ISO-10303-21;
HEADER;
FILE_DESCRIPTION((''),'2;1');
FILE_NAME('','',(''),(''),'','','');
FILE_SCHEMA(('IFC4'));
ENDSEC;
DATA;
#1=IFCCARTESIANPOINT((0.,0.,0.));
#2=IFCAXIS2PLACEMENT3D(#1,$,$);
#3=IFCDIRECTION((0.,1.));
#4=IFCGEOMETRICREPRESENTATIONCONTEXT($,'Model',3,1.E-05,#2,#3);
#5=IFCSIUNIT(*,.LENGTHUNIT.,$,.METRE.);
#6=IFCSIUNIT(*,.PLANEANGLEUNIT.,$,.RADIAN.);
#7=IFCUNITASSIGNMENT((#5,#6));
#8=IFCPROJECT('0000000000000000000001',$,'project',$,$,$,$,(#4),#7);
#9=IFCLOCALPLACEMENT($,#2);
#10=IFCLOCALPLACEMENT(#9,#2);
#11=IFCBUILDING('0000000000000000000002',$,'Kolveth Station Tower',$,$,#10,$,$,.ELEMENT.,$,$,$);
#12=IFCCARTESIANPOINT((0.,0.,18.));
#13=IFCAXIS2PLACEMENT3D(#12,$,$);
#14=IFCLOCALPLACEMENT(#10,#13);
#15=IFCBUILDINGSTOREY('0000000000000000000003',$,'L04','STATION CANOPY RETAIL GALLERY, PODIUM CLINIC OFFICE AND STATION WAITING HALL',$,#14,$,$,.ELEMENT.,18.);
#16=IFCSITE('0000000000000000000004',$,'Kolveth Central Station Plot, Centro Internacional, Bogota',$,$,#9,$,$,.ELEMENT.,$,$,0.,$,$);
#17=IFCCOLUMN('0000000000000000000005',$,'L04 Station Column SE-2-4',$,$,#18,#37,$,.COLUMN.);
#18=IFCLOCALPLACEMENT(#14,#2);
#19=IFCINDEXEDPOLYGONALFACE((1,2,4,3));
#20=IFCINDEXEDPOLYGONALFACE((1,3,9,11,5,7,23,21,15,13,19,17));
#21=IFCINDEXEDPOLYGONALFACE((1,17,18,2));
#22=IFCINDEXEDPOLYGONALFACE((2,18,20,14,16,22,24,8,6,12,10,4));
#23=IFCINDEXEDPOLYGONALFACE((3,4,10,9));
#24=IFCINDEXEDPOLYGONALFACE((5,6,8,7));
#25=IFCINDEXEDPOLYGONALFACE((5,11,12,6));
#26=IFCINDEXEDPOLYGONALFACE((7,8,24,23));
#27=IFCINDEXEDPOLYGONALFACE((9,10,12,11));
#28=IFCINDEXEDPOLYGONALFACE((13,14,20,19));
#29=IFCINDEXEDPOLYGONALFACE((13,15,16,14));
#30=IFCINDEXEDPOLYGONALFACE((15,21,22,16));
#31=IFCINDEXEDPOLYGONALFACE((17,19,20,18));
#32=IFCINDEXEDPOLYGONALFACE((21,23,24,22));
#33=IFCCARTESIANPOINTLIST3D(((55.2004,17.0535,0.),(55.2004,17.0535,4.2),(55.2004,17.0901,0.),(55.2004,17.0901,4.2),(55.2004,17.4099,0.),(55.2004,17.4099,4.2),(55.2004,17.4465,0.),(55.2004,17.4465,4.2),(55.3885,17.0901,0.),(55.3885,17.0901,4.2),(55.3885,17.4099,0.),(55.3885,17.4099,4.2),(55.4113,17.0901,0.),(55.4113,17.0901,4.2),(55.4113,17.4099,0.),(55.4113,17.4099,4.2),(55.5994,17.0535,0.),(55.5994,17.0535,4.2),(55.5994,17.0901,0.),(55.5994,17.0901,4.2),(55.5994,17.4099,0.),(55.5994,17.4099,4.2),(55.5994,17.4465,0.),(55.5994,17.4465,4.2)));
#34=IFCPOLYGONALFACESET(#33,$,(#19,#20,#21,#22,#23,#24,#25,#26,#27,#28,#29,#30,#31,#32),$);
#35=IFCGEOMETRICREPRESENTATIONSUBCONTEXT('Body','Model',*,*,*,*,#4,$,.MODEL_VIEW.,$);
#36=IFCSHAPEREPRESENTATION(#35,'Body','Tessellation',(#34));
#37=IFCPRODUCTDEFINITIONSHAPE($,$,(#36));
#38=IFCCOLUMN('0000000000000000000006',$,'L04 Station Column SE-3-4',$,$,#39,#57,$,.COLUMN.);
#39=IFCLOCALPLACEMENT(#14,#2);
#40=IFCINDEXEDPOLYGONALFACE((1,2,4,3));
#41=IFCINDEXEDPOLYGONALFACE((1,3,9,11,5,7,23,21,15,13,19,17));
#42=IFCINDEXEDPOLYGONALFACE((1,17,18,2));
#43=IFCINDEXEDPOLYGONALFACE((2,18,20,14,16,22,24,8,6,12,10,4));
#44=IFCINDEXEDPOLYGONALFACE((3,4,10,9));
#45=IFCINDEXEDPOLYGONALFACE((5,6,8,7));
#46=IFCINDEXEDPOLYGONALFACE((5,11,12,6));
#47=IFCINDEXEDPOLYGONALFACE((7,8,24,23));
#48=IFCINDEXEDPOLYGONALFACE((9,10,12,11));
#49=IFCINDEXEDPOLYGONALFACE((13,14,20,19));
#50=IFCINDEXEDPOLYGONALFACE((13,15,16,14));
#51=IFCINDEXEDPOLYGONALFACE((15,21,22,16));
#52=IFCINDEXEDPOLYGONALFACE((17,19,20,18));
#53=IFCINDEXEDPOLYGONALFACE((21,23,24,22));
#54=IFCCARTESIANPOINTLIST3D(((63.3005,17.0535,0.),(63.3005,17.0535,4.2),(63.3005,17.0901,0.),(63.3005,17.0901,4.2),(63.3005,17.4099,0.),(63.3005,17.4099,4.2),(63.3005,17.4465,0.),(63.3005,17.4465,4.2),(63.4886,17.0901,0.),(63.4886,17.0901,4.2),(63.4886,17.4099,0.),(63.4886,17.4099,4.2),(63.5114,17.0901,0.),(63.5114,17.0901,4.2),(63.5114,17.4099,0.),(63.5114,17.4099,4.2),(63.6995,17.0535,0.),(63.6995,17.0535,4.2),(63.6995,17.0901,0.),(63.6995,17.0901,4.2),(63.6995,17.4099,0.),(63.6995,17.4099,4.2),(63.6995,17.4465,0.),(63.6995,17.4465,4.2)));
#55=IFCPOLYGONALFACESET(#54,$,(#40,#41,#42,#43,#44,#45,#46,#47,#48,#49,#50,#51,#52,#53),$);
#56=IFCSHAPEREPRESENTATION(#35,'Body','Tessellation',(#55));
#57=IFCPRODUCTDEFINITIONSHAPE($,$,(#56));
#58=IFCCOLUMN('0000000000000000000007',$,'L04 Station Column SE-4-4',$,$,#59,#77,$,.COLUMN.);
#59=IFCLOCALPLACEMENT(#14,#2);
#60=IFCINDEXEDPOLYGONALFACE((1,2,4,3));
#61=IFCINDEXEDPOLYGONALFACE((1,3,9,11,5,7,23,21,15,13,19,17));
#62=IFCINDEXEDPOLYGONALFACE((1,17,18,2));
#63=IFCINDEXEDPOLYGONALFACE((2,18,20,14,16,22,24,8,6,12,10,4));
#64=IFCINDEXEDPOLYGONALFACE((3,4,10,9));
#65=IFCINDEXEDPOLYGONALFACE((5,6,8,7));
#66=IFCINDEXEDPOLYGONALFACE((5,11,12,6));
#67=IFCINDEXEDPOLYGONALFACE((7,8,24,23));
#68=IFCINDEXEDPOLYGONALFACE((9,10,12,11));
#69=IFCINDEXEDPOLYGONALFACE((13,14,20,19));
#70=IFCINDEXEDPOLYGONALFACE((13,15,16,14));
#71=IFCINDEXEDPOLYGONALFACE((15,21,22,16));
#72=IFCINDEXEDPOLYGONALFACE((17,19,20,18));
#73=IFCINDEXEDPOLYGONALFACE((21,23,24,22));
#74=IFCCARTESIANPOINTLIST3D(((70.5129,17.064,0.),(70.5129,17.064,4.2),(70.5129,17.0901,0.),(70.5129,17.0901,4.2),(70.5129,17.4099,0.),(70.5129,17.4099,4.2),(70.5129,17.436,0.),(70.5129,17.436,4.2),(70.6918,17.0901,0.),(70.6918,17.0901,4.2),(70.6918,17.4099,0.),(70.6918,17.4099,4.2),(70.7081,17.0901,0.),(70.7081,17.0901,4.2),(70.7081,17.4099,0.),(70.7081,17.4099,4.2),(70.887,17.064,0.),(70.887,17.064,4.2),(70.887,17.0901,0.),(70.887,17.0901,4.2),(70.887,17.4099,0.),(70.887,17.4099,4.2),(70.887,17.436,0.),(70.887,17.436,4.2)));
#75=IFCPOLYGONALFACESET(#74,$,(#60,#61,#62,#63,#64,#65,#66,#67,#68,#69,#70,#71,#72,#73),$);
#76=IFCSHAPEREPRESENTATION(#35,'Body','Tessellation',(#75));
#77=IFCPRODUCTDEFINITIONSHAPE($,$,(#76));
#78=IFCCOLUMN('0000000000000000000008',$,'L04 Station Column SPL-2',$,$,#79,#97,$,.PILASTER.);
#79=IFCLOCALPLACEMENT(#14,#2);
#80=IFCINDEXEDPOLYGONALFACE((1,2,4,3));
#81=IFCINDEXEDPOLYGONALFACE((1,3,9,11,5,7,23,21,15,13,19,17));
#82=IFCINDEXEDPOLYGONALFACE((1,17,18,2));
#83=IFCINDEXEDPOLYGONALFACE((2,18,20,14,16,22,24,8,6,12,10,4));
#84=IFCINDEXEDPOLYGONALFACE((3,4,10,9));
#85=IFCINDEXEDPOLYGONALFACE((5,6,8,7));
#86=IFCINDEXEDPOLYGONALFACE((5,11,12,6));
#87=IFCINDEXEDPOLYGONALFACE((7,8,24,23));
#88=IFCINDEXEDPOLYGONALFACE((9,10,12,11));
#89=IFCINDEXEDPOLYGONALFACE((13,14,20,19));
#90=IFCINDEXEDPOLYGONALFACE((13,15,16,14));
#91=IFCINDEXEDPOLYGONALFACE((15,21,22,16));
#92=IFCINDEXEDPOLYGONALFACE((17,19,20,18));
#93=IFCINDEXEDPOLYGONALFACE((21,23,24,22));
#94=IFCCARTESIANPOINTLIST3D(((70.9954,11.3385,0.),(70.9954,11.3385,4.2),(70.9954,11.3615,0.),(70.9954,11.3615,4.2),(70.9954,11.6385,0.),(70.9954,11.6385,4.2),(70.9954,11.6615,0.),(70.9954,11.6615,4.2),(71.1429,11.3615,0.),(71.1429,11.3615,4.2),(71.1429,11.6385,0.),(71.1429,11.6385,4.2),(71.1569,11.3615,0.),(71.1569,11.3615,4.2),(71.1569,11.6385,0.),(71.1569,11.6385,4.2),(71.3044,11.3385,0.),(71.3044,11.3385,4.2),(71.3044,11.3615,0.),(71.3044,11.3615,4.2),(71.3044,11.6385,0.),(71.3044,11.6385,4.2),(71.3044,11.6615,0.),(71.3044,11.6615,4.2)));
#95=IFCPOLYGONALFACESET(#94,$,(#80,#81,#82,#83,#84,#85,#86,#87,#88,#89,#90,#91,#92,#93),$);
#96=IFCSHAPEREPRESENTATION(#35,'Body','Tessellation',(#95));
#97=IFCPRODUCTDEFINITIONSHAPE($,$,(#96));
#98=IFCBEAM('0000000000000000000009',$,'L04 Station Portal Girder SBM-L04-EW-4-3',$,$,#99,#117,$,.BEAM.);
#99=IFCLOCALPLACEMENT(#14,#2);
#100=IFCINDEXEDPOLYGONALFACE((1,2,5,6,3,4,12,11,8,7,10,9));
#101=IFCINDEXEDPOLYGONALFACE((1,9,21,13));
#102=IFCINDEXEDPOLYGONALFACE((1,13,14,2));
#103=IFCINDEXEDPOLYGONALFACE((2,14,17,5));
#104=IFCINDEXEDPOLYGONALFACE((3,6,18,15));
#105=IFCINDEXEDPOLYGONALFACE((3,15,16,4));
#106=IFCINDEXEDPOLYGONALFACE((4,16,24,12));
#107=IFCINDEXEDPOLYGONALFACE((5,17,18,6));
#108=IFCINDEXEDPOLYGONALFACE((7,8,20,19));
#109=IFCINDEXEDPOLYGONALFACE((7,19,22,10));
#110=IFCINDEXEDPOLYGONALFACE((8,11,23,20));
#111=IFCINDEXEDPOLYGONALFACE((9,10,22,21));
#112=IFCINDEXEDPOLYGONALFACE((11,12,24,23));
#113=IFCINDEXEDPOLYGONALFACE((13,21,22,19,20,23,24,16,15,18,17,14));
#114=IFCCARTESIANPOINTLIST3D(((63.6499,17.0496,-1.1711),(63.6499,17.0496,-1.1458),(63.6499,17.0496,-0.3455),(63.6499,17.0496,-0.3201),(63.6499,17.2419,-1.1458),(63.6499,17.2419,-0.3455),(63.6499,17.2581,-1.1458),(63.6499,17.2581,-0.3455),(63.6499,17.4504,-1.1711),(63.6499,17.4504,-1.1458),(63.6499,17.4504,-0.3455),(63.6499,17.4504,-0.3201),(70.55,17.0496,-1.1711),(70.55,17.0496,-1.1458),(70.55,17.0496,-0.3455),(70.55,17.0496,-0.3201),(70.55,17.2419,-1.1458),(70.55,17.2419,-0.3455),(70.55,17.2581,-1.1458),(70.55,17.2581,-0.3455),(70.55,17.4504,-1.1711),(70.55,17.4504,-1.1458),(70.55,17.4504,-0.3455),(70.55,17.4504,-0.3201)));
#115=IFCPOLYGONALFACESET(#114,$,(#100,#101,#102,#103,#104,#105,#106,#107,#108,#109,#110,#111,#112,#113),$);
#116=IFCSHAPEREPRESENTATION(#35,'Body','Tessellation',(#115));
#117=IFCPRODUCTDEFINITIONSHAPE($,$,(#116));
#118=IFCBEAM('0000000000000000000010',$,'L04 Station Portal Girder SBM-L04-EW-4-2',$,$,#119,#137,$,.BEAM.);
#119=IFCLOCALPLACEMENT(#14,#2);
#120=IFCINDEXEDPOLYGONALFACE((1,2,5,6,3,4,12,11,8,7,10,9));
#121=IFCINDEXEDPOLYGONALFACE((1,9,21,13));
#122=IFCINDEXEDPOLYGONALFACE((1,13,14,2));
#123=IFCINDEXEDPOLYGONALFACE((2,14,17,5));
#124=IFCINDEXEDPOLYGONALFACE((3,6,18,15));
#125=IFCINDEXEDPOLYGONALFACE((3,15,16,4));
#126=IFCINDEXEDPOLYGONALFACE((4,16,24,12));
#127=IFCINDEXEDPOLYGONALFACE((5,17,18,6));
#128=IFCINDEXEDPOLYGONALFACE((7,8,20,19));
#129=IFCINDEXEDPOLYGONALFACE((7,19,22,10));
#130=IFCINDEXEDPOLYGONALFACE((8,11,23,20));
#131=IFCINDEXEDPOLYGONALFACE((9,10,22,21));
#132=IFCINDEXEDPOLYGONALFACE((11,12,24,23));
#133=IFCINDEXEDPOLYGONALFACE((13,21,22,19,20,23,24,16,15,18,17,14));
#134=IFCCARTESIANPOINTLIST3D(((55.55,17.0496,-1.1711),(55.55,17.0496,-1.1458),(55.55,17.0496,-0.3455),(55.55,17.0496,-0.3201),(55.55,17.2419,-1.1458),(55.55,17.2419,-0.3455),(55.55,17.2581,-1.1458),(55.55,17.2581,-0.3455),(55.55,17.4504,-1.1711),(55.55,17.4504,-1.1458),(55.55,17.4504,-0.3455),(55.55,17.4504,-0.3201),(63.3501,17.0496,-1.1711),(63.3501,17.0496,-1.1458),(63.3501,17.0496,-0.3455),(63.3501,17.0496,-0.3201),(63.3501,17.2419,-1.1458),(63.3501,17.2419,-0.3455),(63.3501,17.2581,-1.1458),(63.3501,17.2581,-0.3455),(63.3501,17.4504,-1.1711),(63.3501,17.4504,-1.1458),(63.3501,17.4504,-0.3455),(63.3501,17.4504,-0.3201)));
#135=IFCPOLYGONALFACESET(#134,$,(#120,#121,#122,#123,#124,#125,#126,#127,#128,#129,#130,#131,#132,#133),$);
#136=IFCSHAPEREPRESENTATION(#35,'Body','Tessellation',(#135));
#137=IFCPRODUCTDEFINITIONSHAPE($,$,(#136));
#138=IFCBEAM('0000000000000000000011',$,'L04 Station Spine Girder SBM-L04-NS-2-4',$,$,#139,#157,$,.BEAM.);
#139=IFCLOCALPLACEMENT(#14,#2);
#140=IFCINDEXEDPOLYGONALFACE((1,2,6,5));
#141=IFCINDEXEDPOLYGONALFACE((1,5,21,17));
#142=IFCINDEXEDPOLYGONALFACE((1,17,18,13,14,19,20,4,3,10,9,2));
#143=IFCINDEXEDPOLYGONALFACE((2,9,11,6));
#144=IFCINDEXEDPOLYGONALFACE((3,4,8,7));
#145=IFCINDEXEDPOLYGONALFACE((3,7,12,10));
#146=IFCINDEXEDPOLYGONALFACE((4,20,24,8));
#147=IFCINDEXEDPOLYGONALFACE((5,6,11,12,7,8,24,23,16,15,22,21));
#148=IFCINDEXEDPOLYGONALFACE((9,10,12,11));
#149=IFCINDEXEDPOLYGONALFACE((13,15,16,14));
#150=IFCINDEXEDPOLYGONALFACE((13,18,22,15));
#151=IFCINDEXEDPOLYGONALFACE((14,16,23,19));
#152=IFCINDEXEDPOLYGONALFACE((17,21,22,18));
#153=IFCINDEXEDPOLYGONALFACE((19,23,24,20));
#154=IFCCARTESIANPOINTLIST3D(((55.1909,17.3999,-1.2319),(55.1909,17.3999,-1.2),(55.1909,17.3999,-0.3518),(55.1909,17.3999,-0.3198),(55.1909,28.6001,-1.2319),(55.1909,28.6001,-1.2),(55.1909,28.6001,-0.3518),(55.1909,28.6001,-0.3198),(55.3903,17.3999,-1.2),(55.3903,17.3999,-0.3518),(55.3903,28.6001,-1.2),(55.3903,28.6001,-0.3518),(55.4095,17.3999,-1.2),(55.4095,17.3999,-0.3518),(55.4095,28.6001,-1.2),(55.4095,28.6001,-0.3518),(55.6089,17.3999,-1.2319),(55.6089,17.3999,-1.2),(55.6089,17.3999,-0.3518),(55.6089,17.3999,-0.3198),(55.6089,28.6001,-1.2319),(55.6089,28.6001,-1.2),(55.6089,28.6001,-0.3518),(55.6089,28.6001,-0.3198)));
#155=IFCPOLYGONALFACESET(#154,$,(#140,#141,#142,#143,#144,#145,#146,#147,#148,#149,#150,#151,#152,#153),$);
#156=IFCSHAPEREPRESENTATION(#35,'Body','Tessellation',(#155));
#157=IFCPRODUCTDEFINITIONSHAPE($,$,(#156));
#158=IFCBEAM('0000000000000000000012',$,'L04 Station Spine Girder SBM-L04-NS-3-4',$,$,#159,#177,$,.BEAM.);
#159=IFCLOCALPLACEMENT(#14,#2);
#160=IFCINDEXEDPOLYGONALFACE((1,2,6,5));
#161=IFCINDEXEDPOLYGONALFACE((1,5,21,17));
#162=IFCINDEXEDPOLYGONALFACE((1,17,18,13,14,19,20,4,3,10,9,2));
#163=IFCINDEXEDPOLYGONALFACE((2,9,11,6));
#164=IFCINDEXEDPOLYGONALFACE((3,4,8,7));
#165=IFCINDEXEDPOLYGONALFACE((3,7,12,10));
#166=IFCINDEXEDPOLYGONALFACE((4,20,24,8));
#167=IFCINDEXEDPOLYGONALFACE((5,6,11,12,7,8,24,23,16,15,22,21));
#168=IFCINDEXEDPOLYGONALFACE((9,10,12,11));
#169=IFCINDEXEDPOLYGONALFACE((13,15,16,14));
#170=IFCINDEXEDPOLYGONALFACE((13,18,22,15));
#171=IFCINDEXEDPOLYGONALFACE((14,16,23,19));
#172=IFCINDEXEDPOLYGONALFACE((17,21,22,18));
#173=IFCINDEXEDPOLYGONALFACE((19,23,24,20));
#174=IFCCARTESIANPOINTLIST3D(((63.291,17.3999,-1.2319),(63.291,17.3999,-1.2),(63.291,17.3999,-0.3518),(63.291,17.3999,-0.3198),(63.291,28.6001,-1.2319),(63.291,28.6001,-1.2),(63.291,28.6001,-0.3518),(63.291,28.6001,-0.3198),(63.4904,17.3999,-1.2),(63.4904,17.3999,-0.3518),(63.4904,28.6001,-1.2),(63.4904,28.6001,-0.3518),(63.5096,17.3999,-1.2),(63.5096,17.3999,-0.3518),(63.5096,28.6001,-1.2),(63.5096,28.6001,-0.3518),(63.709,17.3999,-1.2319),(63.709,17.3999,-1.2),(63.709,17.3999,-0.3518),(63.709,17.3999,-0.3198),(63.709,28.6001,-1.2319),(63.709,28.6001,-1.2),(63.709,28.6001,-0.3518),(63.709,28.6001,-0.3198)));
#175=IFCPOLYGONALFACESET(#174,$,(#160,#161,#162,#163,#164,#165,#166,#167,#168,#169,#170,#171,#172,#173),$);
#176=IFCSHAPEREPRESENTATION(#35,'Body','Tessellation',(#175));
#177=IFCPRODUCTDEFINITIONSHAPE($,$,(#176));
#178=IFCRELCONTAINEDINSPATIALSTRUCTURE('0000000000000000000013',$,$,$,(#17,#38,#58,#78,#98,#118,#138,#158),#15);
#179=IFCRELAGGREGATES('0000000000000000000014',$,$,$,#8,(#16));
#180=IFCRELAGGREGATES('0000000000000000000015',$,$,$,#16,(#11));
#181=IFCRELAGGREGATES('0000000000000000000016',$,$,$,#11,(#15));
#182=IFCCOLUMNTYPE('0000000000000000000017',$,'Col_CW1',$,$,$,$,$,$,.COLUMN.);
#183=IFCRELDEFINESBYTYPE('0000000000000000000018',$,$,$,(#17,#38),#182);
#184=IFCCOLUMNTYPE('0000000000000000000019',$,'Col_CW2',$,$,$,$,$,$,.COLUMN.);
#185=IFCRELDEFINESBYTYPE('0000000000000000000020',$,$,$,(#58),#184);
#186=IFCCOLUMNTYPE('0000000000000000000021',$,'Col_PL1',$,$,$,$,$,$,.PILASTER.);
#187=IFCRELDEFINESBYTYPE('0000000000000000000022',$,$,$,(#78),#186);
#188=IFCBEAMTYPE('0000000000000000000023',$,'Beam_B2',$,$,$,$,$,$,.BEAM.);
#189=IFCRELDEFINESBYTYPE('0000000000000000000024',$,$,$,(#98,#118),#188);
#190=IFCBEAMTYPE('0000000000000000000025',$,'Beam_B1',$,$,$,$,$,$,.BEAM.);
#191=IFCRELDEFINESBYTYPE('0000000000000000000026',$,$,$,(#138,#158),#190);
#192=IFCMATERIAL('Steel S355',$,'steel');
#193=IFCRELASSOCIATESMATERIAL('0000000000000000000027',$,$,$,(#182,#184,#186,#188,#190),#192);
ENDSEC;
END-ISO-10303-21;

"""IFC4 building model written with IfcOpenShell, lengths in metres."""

from ifc_helpers import new_model, si_unit, direction, frame, origin, origin_2d, place, context, subcontext, project, spatial, i_section, extrude, source, transform, mapped, material, material_profile, profile_set, type_object, element, save


model = new_model("IFC4")

# Units and contexts
model_context = context("Model", 3, precision=1e-05, world=origin(), true_north=direction((0.0, 1.0)))
body_context = subcontext(model_context, "Body", "Model", "MODEL_VIEW")
ifc_project = project(units=[si_unit("LENGTHUNIT", "METRE"), si_unit("PLANEANGLEUNIT", "RADIAN")], contexts=[model_context])

# Site, building, storey
site_placement = place(None, origin())
site = spatial("IfcSite", under=ifc_project, at=site_placement, Name="Kolveth Central Station Plot, Centro Internacional, Bogota", CompositionType="ELEMENT", RefElevation=0.0)
building_placement = place(site_placement, origin())
building = spatial("IfcBuilding", under=site, at=building_placement, Name="Kolveth Station Tower", CompositionType="ELEMENT")
storey_placement = place(building_placement, frame((0.0, 0.0, 18.0)))
storey = spatial("IfcBuildingStorey", under=building, at=storey_placement, Name="L04", Description="STATION CANOPY RETAIL GALLERY, PODIUM CLINIC OFFICE AND STATION WAITING HALL", CompositionType="ELEMENT", Elevation=18.0)

# Columns
ifc_material_1 = material(Name="Steel S355", Category="steel")
ifc_material_profile_1 = material_profile(ifc_material_1, i_section(OverallWidth=0.3989, OverallDepth=0.3931, WebThickness=0.0227, FlangeThickness=0.0366, at=origin_2d()), Name="W360x287")
ifc_profile_set_1 = profile_set([ifc_material_profile_1], Name="Steel S355")
column_type_1 = type_object("IfcColumnType", Name="Col_CW1", PredefinedType="COLUMN", material=ifc_profile_set_1)
shared_shape_1 = source(origin(), body_context, "Body", "SweptSolid", [
    extrude(i_section(OverallWidth=0.3989, OverallDepth=0.3931, WebThickness=0.0227, FlangeThickness=0.0366, at=origin_2d()), origin(), (0.0, 0.0, 1.0), 4.2),
])
for number, where, z_axis, x_axis, name in (
    (1, (55.3999, 17.25, 0.0), (0.0, 0.0, 1.0), (1.0, 0.0, 0.0), "L04 Station Column SE-2-4"),
    (2, (63.5, 17.25, 0.0), (0.0, 0.0, 1.0), (1.0, 0.0, 0.0), "L04 Station Column SE-3-4"),
):
    element("IfcColumn", number, at=place(storey_placement, frame(where, z_axis=z_axis, x_axis=x_axis)), inside=storey, type_object=column_type_1, Name=name, PredefinedType="COLUMN", context=body_context, shape_type="MappedRepresentation", body=[
        mapped(shared_shape_1, transform((0.0, 0.0, 0.0), x_axis=(1.0, 0.0, 0.0), y_axis=(0.0, 1.0, 0.0), z_axis=(0.0, 0.0, 1.0), scale=1.0)),
    ])
ifc_material_profile_2 = material_profile(ifc_material_1, i_section(OverallWidth=0.374, OverallDepth=0.3721, WebThickness=0.0164, FlangeThickness=0.0261, at=origin_2d()), Name="W360x196")
ifc_profile_set_2 = profile_set([ifc_material_profile_2], Name="Steel S355")
column_type_2 = type_object("IfcColumnType", Name="Col_CW2", PredefinedType="COLUMN", material=ifc_profile_set_2)
shared_shape_2 = source(origin(), body_context, "Body", "SweptSolid", [
    extrude(i_section(OverallWidth=0.374, OverallDepth=0.3721, WebThickness=0.0164, FlangeThickness=0.0261, at=origin_2d()), origin(), (0.0, 0.0, 1.0), 4.2),
])
column_1_placement = place(storey_placement, frame((70.7, 17.25, 0.0), z_axis=(0.0, 0.0, 1.0), x_axis=(1.0, 0.0, 0.0)))
element("IfcColumn", 3, at=column_1_placement, inside=storey, type_object=column_type_2, Name="L04 Station Column SE-4-4", PredefinedType="COLUMN", context=body_context, shape_type="MappedRepresentation", body=[
    mapped(shared_shape_2, transform((0.0, 0.0, 0.0), x_axis=(1.0, 0.0, 0.0), y_axis=(0.0, 1.0, 0.0), z_axis=(0.0, 0.0, 1.0), scale=1.0)),
])
ifc_material_profile_3 = material_profile(ifc_material_1, i_section(OverallWidth=0.3091, OverallDepth=0.323, WebThickness=0.0139, FlangeThickness=0.0229, at=origin_2d()), Name="W310x143")
ifc_profile_set_3 = profile_set([ifc_material_profile_3], Name="Steel S355")
column_type_3 = type_object("IfcColumnType", Name="Col_PL1", PredefinedType="PILASTER", material=ifc_profile_set_3)
shared_shape_3 = source(origin(), body_context, "Body", "SweptSolid", [
    extrude(i_section(OverallWidth=0.3091, OverallDepth=0.323, WebThickness=0.0139, FlangeThickness=0.0229, at=origin_2d()), origin(), (0.0, 0.0, 1.0), 4.2),
])
column_2_placement = place(storey_placement, frame((71.1499, 11.5, 0.0), z_axis=(0.0, 0.0, 1.0), x_axis=(1.0, 0.0, 0.0)))
element("IfcColumn", 4, at=column_2_placement, inside=storey, type_object=column_type_3, Name="L04 Station Column SPL-2", PredefinedType="PILASTER", context=body_context, shape_type="MappedRepresentation", body=[
    mapped(shared_shape_3, transform((0.0, 0.0, 0.0), x_axis=(1.0, 0.0, 0.0), y_axis=(0.0, 1.0, 0.0), z_axis=(0.0, 0.0, 1.0), scale=1.0)),
])

# Beams
ifc_material_profile_4 = material_profile(ifc_material_1, i_section(OverallWidth=0.4009, OverallDepth=0.8511, WebThickness=0.0161, FlangeThickness=0.0254, at=origin_2d()), Name="W840x226")
ifc_profile_set_4 = profile_set([ifc_material_profile_4], Name="Steel S355")
beam_type_1 = type_object("IfcBeamType", Name="Beam_B2", PredefinedType="BEAM", material=ifc_profile_set_4)
shared_shape_4 = source(origin(), body_context, "Body", "SweptSolid", [
    extrude(i_section(OverallWidth=0.4009, OverallDepth=0.8511, WebThickness=0.0161, FlangeThickness=0.0254, at=origin_2d()), origin(), (0.0, 0.0, 1.0), 6.9001),
])
beam_1_placement = place(storey_placement, frame((63.6499, 17.25, -0.7456), z_axis=(1.0, 0.0, 0.0), x_axis=(0.0, 1.0, 0.0)))
element("IfcBeam", 5, at=beam_1_placement, inside=storey, type_object=beam_type_1, Name="L04 Station Portal Girder SBM-L04-EW-4-3", PredefinedType="BEAM", context=body_context, shape_type="MappedRepresentation", body=[
    mapped(shared_shape_4, transform((0.0, 0.0, 0.0), x_axis=(1.0, 0.0, 0.0), y_axis=(0.0, 1.0, 0.0), z_axis=(0.0, 0.0, 1.0), scale=1.0)),
])
shared_shape_5 = source(origin(), body_context, "Body", "SweptSolid", [
    extrude(i_section(OverallWidth=0.4009, OverallDepth=0.8511, WebThickness=0.0161, FlangeThickness=0.0254, at=origin_2d()), origin(), (0.0, 0.0, 1.0), 7.8),
])
beam_2_placement = place(storey_placement, frame((55.55, 17.25, -0.7456), z_axis=(1.0, 0.0, 0.0), x_axis=(0.0, 1.0, 0.0)))
element("IfcBeam", 6, at=beam_2_placement, inside=storey, type_object=beam_type_1, Name="L04 Station Portal Girder SBM-L04-EW-4-2", PredefinedType="BEAM", context=body_context, shape_type="MappedRepresentation", body=[
    mapped(shared_shape_5, transform((0.0, 0.0, 0.0), x_axis=(1.0, 0.0, 0.0), y_axis=(0.0, 1.0, 0.0), z_axis=(0.0, 0.0, 1.0), scale=1.0)),
])
ifc_material_profile_5 = material_profile(ifc_material_1, i_section(OverallWidth=0.418, OverallDepth=0.9121, WebThickness=0.0193, FlangeThickness=0.032, at=origin_2d()), Name="W920x342")
ifc_profile_set_5 = profile_set([ifc_material_profile_5], Name="Steel S355")
beam_type_2 = type_object("IfcBeamType", Name="Beam_B1", PredefinedType="BEAM", material=ifc_profile_set_5)
shared_shape_6 = source(origin(), body_context, "Body", "SweptSolid", [
    extrude(i_section(OverallWidth=0.418, OverallDepth=0.9121, WebThickness=0.0193, FlangeThickness=0.032, at=origin_2d()), origin(), (0.0, 0.0, 1.0), 11.2002),
])
for number, where, z_axis, x_axis, name in (
    (7, (55.3999, 17.3999, -0.7759), (0.0, 1.0, 0.0), (-1.0, 0.0, 0.0), "L04 Station Spine Girder SBM-L04-NS-2-4"),
    (8, (63.5, 17.3999, -0.7759), (0.0, 1.0, 0.0), (-1.0, 0.0, 0.0), "L04 Station Spine Girder SBM-L04-NS-3-4"),
):
    element("IfcBeam", number, at=place(storey_placement, frame(where, z_axis=z_axis, x_axis=x_axis)), inside=storey, type_object=beam_type_2, Name=name, PredefinedType="BEAM", context=body_context, shape_type="MappedRepresentation", body=[
        mapped(shared_shape_6, transform((0.0, 0.0, 0.0), x_axis=(1.0, 0.0, 0.0), y_axis=(0.0, 1.0, 0.0), z_axis=(0.0, 0.0, 1.0), scale=1.0)),
    ])

save(model, "model.ifc")
